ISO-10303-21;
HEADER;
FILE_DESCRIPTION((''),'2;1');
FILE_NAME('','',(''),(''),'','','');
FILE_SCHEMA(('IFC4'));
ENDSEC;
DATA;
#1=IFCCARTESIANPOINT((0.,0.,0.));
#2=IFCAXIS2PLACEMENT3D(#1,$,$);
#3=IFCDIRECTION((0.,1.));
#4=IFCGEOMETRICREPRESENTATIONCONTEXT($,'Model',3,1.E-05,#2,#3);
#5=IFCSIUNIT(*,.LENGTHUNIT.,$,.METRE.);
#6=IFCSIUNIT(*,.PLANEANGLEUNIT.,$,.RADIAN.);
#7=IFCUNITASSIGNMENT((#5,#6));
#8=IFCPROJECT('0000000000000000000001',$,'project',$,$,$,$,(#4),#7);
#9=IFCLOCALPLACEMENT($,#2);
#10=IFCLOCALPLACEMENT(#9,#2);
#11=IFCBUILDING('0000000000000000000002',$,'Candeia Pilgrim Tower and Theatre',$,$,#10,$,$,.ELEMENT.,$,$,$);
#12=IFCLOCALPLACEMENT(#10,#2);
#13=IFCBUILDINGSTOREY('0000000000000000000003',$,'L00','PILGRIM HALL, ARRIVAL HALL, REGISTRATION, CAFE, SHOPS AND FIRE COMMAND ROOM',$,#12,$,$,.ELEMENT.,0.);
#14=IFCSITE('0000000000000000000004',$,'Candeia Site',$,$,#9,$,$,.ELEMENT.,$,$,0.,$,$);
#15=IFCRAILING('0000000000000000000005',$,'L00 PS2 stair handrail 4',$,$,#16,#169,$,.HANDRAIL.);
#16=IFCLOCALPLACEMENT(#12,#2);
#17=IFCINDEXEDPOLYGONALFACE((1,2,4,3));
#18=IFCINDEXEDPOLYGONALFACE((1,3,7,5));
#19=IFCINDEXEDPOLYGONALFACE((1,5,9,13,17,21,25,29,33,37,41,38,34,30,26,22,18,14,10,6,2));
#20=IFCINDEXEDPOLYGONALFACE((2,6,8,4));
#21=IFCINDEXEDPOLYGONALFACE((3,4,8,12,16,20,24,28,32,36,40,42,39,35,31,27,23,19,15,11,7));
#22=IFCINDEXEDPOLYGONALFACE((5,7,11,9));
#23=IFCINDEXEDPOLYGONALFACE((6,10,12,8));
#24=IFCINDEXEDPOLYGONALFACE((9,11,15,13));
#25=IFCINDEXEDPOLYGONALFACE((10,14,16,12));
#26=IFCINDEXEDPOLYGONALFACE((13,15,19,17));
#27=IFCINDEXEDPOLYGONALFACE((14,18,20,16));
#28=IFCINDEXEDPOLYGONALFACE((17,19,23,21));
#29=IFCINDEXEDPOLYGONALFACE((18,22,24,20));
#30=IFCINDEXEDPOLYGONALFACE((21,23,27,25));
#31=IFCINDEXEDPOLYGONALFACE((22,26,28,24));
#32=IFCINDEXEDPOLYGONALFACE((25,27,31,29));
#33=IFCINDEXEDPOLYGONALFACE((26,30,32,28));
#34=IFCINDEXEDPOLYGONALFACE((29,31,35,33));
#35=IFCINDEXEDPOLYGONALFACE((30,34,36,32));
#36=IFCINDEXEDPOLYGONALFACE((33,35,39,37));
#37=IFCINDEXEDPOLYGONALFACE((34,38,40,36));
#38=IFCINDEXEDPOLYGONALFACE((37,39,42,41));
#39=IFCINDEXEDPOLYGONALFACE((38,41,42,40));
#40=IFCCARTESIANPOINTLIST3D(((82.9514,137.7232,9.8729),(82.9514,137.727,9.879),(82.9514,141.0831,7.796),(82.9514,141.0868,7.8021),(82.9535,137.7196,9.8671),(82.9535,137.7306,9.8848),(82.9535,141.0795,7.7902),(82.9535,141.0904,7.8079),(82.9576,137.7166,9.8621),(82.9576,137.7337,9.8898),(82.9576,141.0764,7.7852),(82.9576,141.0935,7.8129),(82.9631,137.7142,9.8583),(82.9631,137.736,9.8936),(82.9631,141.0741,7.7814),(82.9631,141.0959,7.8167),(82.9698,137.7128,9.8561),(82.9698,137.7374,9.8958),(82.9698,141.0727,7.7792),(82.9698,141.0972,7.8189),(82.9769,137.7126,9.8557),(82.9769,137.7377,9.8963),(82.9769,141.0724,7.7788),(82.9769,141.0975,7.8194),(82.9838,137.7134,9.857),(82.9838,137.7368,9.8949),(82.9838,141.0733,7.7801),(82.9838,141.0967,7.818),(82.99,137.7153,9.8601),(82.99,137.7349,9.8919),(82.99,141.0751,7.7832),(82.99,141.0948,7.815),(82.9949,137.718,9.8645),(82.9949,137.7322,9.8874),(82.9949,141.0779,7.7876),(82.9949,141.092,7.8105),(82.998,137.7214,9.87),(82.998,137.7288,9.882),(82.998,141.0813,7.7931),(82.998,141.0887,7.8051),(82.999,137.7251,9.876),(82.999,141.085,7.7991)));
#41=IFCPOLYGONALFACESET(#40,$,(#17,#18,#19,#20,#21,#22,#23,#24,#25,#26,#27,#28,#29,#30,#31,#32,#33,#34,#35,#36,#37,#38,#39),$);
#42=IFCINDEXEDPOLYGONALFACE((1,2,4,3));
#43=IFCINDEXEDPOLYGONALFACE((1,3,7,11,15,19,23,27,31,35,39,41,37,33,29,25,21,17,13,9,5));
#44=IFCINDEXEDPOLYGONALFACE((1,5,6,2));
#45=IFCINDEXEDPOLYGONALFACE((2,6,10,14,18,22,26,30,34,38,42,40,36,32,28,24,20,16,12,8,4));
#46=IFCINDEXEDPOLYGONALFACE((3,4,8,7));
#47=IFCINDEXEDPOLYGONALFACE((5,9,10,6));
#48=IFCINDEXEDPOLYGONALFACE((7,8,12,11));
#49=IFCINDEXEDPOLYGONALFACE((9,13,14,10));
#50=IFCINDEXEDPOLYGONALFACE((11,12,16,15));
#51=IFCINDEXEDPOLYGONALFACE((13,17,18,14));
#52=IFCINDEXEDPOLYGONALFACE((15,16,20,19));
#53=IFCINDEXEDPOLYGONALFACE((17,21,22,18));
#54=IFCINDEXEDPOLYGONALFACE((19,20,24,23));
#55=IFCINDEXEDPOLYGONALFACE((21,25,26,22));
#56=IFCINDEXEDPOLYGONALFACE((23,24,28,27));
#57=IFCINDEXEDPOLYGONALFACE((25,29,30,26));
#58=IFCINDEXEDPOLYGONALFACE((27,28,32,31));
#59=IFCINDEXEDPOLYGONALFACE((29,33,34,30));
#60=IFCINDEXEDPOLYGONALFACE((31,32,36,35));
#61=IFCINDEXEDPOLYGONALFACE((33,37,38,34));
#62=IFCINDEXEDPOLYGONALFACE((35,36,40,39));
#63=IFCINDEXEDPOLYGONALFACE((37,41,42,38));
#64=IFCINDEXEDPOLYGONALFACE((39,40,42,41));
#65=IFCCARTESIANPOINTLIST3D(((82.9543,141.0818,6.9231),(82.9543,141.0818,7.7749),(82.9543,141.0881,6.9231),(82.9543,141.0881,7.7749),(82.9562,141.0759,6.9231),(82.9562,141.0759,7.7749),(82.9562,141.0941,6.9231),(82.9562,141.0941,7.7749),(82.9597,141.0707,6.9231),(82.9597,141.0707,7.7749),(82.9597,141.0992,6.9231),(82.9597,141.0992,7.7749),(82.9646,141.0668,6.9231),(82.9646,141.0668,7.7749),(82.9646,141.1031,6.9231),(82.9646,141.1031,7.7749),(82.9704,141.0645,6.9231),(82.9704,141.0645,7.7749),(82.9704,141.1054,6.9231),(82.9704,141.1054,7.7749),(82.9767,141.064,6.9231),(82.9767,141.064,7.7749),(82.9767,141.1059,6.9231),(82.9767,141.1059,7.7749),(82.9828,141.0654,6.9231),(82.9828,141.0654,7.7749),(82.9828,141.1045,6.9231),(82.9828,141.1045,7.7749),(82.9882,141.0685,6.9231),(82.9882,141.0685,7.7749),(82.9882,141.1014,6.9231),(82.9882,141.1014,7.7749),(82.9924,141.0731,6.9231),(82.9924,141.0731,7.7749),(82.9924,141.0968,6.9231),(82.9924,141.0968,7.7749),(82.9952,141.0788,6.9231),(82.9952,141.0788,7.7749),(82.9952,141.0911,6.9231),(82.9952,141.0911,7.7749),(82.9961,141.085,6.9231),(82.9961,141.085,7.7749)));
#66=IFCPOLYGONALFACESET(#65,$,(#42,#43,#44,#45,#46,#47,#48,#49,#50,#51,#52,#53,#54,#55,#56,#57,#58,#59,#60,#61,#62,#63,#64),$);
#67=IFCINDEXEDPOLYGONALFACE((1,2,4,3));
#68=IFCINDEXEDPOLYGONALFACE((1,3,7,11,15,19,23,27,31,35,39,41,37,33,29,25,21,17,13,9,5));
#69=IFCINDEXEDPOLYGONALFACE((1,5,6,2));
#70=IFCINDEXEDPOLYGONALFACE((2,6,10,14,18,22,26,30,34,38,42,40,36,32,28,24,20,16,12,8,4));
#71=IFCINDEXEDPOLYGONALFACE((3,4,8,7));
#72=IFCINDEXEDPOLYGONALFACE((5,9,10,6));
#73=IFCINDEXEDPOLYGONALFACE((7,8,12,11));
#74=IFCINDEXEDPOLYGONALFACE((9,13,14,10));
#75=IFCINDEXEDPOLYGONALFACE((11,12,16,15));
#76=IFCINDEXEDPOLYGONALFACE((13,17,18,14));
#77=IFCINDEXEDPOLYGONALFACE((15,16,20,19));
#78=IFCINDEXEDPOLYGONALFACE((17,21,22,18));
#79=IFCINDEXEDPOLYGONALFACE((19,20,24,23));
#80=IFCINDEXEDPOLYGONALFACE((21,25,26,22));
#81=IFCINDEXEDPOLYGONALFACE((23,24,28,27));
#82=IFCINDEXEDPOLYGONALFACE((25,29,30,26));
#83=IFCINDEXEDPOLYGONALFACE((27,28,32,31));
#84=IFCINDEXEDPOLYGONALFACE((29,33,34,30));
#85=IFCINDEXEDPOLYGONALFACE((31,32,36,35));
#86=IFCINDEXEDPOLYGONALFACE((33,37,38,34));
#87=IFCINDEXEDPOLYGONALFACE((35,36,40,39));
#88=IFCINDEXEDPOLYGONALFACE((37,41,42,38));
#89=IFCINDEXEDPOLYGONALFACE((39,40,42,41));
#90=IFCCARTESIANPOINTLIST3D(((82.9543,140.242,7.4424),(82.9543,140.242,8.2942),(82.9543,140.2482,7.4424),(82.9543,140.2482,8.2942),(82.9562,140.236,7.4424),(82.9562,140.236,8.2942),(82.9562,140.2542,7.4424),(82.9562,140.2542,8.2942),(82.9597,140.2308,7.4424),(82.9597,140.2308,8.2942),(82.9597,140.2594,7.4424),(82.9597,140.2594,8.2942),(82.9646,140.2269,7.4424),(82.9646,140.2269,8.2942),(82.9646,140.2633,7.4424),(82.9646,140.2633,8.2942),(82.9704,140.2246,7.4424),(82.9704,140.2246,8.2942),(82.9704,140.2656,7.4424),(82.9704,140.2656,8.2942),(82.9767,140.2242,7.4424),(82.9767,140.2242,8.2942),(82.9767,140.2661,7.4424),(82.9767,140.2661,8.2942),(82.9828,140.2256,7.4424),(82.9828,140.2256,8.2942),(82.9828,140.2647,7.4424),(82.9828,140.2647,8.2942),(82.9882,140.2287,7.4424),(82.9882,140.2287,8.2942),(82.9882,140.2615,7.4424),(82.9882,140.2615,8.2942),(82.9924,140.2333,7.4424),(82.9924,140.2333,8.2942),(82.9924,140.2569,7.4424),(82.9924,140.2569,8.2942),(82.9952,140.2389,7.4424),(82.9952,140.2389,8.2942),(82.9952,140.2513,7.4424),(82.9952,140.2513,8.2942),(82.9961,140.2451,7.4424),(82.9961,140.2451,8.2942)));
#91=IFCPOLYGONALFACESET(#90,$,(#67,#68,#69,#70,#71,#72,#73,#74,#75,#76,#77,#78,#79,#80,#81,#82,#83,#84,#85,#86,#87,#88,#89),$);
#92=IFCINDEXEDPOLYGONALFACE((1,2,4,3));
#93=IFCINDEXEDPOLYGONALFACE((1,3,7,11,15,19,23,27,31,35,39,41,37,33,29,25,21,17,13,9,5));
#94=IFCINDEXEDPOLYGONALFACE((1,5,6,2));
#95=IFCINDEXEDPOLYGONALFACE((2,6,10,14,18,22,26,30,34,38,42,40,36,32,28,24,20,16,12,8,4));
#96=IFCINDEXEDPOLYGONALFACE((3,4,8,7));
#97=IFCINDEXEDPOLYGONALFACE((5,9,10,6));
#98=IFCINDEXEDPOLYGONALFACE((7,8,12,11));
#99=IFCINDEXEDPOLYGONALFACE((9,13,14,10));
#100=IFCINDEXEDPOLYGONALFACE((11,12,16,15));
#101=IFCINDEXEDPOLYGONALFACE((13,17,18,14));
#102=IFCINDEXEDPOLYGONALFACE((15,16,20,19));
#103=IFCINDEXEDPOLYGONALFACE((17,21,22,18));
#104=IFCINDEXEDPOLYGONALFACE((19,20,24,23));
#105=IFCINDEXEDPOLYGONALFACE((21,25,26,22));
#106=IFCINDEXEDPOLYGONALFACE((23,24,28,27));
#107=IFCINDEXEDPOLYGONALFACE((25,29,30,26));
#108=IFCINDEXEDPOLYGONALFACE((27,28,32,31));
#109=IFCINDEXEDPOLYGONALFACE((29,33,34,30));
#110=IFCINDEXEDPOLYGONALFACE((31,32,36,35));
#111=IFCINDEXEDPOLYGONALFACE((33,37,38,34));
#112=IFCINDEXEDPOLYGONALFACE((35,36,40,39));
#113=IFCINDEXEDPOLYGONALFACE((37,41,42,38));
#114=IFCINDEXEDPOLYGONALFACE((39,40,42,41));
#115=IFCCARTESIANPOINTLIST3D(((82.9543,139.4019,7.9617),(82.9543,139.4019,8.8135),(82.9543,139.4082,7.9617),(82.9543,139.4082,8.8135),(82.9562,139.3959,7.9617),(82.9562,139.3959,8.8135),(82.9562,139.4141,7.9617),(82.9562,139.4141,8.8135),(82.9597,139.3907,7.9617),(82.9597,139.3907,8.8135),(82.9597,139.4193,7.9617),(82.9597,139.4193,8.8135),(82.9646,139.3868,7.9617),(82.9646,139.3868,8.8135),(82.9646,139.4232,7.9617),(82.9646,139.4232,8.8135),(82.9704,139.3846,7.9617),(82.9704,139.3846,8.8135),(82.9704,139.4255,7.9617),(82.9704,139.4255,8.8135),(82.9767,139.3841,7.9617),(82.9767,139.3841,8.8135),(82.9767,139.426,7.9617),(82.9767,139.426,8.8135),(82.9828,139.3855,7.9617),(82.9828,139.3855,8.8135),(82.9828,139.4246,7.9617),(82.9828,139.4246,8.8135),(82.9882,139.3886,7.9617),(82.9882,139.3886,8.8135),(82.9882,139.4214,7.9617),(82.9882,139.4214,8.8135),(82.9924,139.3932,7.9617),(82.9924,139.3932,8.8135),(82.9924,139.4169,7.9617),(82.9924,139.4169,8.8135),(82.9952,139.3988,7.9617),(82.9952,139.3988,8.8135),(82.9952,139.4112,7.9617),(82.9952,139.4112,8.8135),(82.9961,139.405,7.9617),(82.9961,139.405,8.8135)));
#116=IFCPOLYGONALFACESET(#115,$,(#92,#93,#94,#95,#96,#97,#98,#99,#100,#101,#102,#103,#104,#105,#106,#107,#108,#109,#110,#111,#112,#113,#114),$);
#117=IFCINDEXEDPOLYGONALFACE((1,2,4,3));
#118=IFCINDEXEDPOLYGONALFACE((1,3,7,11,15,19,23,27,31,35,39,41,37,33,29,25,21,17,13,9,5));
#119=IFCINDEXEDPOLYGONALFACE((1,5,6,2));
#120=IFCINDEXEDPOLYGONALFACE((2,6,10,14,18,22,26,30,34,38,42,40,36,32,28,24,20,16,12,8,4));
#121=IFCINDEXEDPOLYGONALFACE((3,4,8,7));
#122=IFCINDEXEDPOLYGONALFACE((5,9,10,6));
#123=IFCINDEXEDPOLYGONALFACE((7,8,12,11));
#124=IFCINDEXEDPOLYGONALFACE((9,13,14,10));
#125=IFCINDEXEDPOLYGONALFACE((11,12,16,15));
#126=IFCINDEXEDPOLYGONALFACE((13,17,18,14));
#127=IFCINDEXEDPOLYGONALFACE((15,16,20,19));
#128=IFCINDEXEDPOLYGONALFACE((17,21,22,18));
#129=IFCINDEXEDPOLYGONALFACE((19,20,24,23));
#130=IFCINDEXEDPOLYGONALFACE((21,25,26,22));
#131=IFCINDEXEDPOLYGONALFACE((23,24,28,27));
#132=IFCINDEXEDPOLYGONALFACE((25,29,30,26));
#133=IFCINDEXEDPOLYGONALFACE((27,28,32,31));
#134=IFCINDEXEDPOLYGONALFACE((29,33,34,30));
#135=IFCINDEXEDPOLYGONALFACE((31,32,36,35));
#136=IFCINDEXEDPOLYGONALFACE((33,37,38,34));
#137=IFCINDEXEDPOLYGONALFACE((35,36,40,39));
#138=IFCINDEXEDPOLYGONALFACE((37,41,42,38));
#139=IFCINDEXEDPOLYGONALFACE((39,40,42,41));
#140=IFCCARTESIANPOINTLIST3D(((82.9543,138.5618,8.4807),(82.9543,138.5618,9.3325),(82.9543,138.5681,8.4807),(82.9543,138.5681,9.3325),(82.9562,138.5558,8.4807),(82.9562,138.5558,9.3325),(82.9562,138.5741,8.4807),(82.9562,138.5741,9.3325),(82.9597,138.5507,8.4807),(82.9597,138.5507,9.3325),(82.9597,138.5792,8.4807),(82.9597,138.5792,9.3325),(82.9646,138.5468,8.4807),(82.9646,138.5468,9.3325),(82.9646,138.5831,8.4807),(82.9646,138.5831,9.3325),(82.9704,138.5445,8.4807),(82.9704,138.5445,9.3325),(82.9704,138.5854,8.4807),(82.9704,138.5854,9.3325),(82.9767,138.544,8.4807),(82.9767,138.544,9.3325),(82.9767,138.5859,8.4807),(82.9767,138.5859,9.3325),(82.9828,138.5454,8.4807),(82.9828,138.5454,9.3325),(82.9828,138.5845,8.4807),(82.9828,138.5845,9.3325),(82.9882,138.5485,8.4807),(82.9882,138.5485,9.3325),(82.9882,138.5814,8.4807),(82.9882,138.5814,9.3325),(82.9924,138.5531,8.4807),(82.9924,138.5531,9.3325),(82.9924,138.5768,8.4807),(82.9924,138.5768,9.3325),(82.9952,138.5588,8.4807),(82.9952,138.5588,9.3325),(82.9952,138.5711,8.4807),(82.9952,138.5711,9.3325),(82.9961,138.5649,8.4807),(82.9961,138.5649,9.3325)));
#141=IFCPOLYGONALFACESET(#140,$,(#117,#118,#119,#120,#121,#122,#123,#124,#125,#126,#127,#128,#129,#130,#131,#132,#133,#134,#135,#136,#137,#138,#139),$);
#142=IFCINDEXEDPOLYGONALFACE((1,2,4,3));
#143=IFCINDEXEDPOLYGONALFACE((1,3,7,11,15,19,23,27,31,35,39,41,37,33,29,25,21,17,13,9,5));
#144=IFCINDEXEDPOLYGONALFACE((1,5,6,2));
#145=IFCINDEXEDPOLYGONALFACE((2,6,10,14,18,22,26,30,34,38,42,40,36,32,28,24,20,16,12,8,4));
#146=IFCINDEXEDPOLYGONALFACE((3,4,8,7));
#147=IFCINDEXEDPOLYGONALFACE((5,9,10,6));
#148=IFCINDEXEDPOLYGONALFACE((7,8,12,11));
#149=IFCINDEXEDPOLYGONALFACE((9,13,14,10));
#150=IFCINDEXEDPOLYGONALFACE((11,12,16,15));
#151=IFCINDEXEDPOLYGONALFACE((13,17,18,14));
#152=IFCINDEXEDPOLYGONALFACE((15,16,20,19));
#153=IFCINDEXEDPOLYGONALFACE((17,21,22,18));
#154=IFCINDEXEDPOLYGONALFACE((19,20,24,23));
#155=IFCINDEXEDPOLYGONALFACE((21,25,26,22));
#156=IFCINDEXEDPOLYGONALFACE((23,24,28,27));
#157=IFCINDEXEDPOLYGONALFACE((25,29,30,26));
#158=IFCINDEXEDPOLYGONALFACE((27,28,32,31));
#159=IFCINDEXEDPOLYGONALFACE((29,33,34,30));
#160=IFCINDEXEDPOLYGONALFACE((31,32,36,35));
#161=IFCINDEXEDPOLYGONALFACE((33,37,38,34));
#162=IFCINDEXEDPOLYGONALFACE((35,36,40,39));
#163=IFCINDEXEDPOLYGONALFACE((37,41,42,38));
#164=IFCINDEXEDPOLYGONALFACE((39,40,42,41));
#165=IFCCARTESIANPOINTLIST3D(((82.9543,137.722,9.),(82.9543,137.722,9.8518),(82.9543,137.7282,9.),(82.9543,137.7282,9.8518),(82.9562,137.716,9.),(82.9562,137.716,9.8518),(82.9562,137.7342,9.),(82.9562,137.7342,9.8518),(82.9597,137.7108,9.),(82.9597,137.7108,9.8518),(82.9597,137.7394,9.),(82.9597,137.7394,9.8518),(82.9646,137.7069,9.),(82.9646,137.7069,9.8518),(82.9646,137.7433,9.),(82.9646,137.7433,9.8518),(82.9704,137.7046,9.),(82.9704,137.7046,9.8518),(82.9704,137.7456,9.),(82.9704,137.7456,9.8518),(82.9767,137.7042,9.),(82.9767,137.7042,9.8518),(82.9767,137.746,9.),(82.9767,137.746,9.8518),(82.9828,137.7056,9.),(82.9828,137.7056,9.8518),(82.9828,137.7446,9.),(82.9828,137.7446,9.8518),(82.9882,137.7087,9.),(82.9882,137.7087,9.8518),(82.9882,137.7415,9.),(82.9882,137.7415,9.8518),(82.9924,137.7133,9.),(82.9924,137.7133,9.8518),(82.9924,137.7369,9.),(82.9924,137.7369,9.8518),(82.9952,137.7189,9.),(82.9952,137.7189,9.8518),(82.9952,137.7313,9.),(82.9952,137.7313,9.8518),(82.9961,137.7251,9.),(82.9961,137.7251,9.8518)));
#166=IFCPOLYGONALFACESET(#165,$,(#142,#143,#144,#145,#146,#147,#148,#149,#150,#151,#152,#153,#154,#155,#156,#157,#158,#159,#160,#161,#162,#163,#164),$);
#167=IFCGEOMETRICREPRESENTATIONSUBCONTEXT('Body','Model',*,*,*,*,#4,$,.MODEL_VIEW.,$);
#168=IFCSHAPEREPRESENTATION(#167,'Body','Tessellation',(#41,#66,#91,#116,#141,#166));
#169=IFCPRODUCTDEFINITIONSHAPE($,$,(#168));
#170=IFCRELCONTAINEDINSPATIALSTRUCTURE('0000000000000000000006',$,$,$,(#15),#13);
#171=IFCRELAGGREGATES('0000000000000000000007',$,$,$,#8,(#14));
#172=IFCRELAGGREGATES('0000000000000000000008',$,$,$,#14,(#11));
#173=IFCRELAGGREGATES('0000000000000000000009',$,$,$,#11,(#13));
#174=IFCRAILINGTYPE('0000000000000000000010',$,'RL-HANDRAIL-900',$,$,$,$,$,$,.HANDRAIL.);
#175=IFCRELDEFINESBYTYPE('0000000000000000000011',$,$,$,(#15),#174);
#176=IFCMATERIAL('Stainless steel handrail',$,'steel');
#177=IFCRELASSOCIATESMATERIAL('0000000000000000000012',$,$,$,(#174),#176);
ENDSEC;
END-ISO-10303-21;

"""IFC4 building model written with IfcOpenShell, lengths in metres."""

from ifc_helpers import new_model, si_unit, direction, frame, origin, origin_2d, place, context, subcontext, project, spatial, circle, extrude, material, type_object, element, save


model = new_model("IFC4")

# Units and contexts
model_context = context("Model", 3, precision=1e-05, world=origin(), true_north=direction((0.0, 1.0)))
body_context = subcontext(model_context, "Body", "Model", "MODEL_VIEW")
ifc_project = project(units=[si_unit("LENGTHUNIT", "METRE"), si_unit("PLANEANGLEUNIT", "RADIAN")], contexts=[model_context])

# Site, building, storey
site_placement = place(None, origin())
site = spatial("IfcSite", under=ifc_project, at=site_placement, Name="Candeia Site", CompositionType="ELEMENT", RefElevation=0.0)
building_placement = place(site_placement, origin())
building = spatial("IfcBuilding", under=site, at=building_placement, Name="Candeia Pilgrim Tower and Theatre", CompositionType="ELEMENT")
storey_placement = place(building_placement, origin())
storey = spatial("IfcBuildingStorey", under=building, at=storey_placement, Name="L00", Description="PILGRIM HALL, ARRIVAL HALL, REGISTRATION, CAFE, SHOPS AND FIRE COMMAND ROOM", CompositionType="ELEMENT", Elevation=0.0)

# Railing
ifc_material_1 = material(Name="Stainless steel handrail", Category="steel")
railing_type_1 = type_object("IfcRailingType", Name="RL-HANDRAIL-900", PredefinedType="HANDRAIL", material=ifc_material_1)
railing_1_placement = place(storey_placement, frame((82.9751, 141.085, 6.9231)))
element("IfcRailing", 1, at=railing_1_placement, inside=storey, type_object=railing_type_1, Name="L00 PS2 stair handrail 4", PredefinedType="HANDRAIL", context=body_context, shape_type="SweptSolid", body=[
    extrude(circle(Radius=0.0239, at=origin_2d()), frame((0.0, 0.0, 0.876), z_axis=(0.0, -0.850606, 0.525803), x_axis=(1.0, 0.0, 0.0)), (0.0, 0.0, 1.0), 3.95),
    extrude(circle(Radius=0.021, at=origin_2d()), origin(), (0.0, 0.0, 1.0), 0.8518),
    extrude(circle(Radius=0.021, at=origin_2d()), frame((0.0, -0.8398, 0.5193)), (0.0, 0.0, 1.0), 0.8518),
    extrude(circle(Radius=0.021, at=origin_2d()), frame((0.0, -1.6799, 1.0386)), (0.0, 0.0, 1.0), 0.8518),
    extrude(circle(Radius=0.021, at=origin_2d()), frame((0.0, -2.52, 1.5576)), (0.0, 0.0, 1.0), 0.8518),
    extrude(circle(Radius=0.021, at=origin_2d()), frame((0.0, -3.3599, 2.0769)), (0.0, 0.0, 1.0), 0.8518),
])

save(model, "model.ifc")
